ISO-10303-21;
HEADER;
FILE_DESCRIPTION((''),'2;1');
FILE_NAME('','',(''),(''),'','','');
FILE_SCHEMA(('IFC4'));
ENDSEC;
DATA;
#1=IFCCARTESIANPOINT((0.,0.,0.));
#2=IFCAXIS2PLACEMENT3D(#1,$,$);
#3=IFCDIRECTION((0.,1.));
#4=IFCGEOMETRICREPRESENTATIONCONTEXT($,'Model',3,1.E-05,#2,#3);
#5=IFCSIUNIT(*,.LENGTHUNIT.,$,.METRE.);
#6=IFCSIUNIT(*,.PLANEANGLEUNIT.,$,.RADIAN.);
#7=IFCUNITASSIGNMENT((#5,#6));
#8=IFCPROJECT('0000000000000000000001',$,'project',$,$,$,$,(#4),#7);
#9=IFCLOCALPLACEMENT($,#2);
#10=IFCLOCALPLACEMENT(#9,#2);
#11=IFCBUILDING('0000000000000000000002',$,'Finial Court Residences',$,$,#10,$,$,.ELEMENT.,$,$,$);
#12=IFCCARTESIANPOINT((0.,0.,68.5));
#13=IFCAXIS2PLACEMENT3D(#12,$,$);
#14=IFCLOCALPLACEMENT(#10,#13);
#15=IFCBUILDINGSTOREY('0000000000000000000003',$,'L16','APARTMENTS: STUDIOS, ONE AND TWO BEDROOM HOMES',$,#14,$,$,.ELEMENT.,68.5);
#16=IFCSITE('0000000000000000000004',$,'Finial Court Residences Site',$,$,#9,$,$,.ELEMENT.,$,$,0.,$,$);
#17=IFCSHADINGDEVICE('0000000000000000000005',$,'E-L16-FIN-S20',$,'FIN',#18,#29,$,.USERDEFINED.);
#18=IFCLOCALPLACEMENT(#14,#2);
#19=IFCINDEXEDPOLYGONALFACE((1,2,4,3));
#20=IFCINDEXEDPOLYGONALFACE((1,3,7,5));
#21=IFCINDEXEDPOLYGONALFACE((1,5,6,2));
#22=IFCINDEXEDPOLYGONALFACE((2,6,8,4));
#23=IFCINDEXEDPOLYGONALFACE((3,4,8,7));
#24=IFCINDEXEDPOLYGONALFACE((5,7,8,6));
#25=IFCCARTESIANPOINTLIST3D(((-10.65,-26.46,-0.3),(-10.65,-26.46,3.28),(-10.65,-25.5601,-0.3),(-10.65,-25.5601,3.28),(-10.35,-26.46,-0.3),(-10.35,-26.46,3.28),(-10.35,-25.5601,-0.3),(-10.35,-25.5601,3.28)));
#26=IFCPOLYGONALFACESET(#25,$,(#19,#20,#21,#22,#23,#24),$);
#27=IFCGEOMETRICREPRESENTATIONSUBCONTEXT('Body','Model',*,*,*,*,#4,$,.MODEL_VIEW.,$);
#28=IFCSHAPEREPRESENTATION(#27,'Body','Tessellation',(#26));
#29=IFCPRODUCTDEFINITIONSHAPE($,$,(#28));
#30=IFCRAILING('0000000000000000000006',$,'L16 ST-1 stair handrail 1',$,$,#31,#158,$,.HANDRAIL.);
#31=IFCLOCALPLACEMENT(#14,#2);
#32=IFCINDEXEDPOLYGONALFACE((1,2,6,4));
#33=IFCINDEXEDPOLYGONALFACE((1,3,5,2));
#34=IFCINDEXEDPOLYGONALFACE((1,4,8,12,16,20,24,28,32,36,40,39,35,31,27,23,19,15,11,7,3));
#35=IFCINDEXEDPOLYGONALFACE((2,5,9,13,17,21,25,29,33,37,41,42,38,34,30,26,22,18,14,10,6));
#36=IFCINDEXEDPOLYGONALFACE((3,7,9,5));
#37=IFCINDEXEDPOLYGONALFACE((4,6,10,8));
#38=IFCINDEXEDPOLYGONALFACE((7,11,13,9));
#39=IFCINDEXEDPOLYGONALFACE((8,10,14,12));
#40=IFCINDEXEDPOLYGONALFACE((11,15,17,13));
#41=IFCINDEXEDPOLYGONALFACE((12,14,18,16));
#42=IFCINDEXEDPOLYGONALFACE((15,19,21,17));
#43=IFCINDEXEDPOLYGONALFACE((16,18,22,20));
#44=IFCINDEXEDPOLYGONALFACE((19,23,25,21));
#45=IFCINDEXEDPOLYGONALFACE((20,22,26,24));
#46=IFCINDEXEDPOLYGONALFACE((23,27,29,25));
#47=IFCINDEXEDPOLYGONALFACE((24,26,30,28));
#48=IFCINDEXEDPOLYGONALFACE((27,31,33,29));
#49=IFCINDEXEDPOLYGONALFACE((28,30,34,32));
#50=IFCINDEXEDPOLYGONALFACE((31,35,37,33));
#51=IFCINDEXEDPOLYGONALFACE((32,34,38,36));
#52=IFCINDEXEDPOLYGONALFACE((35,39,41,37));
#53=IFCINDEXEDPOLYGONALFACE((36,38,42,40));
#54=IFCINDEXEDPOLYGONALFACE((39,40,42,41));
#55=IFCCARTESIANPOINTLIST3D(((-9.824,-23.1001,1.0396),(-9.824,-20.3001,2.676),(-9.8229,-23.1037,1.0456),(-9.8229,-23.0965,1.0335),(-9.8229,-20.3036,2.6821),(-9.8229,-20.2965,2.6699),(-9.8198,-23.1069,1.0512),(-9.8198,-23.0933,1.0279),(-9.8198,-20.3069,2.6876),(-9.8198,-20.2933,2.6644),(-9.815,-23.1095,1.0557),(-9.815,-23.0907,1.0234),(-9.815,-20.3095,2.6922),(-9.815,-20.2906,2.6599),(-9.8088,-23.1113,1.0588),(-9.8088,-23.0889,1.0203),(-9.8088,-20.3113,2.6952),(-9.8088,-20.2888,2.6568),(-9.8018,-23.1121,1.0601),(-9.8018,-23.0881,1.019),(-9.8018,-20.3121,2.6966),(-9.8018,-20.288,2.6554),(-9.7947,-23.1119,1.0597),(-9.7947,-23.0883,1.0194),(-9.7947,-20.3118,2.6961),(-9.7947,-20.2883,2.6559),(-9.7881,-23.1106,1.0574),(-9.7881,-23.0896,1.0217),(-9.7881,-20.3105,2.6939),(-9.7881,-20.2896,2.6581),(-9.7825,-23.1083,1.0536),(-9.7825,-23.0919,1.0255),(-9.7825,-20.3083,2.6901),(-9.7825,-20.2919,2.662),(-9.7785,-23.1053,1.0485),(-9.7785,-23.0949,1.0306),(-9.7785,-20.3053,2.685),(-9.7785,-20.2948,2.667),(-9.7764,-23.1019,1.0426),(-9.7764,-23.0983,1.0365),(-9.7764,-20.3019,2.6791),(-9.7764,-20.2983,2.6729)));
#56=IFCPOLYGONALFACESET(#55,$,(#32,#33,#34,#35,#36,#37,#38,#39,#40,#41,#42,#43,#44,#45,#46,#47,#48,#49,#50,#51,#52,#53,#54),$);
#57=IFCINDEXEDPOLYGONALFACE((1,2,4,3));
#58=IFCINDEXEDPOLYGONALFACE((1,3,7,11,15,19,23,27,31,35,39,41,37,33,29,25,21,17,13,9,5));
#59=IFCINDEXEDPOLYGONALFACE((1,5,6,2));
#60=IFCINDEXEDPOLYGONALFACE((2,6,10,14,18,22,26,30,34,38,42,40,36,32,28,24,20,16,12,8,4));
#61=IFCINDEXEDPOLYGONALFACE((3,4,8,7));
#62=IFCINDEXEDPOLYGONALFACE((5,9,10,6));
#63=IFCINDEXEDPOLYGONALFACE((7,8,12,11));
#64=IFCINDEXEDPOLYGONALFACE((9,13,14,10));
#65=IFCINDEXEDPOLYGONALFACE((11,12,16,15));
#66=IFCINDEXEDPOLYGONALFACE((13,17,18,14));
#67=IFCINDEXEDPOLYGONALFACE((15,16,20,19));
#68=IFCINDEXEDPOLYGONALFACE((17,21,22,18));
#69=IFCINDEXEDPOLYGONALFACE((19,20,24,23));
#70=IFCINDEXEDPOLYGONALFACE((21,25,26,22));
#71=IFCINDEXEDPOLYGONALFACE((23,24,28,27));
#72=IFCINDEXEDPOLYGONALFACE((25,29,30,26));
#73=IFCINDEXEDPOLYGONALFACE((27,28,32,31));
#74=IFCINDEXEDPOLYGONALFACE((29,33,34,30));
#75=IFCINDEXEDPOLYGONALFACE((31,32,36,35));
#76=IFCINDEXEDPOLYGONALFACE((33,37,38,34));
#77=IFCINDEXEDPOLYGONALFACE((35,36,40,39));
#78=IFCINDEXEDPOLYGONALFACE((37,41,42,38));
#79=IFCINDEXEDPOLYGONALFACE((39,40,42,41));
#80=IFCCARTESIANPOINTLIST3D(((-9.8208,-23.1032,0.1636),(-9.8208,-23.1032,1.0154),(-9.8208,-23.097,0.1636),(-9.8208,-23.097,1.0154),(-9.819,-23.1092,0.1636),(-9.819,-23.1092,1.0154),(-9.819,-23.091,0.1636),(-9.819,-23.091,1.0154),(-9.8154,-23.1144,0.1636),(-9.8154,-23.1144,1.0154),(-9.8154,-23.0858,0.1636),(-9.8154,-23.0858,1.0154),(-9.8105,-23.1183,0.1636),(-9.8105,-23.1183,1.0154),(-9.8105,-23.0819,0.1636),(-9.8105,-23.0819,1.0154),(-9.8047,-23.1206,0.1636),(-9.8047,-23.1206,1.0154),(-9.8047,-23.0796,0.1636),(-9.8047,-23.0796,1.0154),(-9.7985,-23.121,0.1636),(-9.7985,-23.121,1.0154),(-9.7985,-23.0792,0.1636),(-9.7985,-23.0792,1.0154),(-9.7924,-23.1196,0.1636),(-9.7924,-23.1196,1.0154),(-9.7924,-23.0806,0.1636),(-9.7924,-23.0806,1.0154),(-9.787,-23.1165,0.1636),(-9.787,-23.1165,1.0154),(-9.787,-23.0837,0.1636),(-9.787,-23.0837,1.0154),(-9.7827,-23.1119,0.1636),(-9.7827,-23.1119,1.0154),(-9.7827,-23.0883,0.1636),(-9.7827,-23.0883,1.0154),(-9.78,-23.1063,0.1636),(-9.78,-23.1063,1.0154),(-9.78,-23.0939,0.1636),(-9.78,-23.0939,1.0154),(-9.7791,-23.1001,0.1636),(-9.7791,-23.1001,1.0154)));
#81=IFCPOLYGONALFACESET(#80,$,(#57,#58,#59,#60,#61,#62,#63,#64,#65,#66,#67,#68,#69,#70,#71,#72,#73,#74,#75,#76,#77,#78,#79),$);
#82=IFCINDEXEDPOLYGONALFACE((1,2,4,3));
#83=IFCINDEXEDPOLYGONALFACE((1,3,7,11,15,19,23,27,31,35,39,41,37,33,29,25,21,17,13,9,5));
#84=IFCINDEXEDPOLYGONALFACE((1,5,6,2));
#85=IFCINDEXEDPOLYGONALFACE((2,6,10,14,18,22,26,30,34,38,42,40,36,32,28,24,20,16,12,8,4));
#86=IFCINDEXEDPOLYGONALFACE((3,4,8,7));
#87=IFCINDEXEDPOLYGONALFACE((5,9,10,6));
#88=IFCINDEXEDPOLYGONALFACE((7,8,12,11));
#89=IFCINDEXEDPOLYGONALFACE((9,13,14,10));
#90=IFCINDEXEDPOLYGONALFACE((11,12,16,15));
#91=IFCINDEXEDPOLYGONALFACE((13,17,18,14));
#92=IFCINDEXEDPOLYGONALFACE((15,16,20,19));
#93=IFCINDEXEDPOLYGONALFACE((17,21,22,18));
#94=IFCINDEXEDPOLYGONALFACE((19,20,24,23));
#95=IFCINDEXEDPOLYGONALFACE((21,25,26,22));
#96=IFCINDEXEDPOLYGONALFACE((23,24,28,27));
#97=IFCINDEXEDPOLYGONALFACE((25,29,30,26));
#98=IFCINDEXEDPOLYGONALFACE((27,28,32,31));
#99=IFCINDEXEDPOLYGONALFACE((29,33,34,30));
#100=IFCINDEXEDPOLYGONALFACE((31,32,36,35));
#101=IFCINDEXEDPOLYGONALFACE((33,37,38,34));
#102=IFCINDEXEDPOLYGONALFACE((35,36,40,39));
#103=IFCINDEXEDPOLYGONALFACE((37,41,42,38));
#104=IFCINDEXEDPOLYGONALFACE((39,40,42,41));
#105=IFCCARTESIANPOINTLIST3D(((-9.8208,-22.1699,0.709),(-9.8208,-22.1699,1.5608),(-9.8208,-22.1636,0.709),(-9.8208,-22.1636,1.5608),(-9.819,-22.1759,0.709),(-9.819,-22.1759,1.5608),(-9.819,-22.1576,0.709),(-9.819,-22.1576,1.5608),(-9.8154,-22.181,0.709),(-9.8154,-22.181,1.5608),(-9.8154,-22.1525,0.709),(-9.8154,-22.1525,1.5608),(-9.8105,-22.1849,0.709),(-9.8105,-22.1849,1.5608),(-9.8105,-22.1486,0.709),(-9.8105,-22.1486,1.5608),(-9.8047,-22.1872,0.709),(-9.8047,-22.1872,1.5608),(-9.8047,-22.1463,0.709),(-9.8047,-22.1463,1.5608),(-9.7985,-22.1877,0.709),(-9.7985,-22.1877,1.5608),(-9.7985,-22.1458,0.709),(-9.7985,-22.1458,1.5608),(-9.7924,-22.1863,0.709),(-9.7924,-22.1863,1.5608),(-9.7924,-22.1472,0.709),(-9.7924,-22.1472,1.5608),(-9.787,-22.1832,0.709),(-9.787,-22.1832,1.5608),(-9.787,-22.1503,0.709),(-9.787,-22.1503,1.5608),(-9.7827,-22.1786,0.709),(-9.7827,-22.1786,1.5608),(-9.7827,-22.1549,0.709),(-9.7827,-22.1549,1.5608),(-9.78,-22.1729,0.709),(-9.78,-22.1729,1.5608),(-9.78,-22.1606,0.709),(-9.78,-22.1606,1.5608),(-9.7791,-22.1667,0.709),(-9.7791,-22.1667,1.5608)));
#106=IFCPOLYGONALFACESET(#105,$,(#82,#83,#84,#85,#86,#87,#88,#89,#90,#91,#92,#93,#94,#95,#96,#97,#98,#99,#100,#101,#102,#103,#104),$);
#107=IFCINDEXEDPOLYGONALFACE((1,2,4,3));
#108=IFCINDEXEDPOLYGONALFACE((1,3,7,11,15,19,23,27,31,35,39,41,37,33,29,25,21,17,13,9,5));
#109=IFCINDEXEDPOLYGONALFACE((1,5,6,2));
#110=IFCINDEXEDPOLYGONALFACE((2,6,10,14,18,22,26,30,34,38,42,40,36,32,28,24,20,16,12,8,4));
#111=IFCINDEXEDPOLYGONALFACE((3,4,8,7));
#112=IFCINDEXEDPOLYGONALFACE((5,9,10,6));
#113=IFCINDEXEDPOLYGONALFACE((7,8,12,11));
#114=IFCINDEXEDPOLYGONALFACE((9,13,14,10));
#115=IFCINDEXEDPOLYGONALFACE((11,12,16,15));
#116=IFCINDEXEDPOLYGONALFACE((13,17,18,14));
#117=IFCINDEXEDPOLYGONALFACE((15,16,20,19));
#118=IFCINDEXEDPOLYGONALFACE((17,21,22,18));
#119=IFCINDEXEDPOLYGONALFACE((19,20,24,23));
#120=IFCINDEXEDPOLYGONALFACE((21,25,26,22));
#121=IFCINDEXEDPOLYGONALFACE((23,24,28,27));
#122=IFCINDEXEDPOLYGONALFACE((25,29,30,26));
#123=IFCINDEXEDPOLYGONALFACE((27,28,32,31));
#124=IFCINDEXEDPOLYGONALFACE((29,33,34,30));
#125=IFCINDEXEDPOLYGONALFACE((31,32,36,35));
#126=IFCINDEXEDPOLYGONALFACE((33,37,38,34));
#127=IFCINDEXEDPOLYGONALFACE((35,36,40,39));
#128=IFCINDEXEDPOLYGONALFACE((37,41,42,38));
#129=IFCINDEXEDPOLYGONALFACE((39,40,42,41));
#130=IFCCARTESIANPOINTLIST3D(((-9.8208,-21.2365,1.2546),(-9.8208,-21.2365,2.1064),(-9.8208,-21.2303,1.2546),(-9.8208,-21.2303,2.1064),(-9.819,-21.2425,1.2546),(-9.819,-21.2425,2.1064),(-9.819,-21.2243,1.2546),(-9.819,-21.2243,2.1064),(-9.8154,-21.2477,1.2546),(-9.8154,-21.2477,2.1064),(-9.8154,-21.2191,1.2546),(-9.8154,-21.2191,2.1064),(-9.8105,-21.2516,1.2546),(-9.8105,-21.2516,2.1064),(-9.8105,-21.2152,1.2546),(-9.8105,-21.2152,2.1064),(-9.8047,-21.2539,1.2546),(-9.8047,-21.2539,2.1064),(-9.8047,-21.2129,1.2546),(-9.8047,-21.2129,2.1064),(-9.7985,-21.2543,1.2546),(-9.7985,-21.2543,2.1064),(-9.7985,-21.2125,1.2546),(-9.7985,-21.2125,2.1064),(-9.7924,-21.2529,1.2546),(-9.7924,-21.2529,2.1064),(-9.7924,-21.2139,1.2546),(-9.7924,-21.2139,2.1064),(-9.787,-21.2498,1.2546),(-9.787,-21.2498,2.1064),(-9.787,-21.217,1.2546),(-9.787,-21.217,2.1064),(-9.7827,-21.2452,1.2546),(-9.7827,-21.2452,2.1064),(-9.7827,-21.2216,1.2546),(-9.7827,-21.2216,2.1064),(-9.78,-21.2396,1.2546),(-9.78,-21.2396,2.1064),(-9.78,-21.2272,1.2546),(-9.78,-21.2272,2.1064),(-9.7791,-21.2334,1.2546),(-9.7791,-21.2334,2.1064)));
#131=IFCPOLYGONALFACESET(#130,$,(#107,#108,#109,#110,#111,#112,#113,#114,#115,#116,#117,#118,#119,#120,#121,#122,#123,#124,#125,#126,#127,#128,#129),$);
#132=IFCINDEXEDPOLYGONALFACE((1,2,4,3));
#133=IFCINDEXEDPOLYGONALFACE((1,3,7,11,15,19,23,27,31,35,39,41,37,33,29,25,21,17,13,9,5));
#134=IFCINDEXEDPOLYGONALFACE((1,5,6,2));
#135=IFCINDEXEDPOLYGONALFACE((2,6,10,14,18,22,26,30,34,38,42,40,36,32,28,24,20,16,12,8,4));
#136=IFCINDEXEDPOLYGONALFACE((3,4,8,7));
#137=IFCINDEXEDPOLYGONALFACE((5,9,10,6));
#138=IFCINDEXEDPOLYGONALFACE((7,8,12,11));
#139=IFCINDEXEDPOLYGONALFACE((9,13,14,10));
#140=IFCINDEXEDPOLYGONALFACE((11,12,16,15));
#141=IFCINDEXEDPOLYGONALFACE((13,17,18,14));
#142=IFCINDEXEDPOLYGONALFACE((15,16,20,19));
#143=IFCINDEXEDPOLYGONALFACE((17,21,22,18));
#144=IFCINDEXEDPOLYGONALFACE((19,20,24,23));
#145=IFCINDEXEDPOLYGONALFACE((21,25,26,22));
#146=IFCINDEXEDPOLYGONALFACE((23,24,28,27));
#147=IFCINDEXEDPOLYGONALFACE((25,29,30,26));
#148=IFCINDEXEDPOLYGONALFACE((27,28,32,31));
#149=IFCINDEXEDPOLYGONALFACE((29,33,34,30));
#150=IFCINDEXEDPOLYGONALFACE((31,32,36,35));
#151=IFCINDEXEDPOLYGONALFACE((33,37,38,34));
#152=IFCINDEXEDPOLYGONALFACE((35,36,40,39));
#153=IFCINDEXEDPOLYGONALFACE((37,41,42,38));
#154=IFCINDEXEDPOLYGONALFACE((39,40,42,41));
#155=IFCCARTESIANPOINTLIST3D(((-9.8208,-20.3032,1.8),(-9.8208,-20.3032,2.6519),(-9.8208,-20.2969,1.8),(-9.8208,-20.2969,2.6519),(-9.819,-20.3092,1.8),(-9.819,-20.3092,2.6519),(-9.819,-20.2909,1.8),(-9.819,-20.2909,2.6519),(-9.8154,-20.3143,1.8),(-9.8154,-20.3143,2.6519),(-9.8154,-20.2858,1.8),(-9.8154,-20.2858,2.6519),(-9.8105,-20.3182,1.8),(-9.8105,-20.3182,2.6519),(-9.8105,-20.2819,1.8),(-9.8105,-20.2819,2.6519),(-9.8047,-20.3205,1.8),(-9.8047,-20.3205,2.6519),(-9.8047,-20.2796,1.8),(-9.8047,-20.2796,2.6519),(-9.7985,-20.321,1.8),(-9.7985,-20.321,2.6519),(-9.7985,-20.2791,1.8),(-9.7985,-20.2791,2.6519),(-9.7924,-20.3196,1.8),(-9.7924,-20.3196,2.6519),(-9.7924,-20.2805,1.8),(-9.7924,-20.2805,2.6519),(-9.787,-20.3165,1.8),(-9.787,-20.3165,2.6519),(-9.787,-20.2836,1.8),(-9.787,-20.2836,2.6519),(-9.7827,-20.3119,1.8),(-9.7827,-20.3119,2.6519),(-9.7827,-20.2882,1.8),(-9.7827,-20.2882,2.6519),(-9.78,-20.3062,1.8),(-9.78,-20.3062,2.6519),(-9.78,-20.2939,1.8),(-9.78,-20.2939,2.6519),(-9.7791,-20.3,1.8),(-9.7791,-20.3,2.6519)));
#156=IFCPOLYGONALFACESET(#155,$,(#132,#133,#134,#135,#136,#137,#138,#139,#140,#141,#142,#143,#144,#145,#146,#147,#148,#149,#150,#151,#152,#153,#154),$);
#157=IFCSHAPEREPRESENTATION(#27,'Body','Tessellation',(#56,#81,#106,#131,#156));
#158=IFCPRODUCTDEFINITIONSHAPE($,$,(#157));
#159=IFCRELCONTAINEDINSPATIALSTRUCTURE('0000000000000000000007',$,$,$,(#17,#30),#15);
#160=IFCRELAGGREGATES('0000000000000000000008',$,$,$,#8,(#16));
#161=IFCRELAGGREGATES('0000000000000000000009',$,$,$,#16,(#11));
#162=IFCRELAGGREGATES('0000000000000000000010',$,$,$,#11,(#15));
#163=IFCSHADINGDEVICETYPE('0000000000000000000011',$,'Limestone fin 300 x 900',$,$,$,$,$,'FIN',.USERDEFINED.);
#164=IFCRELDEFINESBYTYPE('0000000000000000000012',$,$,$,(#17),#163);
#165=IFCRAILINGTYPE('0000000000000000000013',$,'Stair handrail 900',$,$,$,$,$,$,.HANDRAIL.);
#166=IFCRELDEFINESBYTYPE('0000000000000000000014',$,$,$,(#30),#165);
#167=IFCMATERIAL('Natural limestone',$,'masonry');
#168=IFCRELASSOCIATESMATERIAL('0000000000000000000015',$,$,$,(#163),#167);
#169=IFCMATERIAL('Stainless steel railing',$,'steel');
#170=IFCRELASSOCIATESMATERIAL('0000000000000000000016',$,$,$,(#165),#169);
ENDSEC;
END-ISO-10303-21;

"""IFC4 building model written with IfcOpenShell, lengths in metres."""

from ifc_helpers import new_model, si_unit, direction, frame, origin, origin_2d, place, context, subcontext, project, spatial, rectangle, circle, extrude, material, type_object, element, save


model = new_model("IFC4")

# Units and contexts
model_context = context("Model", 3, precision=1e-05, world=origin(), true_north=direction((0.0, 1.0)))
body_context = subcontext(model_context, "Body", "Model", "MODEL_VIEW")
ifc_project = project(units=[si_unit("LENGTHUNIT", "METRE"), si_unit("PLANEANGLEUNIT", "RADIAN")], contexts=[model_context])

# Site, building, storey
site_placement = place(None, origin())
site = spatial("IfcSite", under=ifc_project, at=site_placement, Name="Finial Court Residences Site", CompositionType="ELEMENT", RefElevation=0.0)
building_placement = place(site_placement, origin())
building = spatial("IfcBuilding", under=site, at=building_placement, Name="Finial Court Residences", CompositionType="ELEMENT")
storey_placement = place(building_placement, frame((0.0, 0.0, 68.5)))
storey = spatial("IfcBuildingStorey", under=building, at=storey_placement, Name="L16", Description="APARTMENTS: STUDIOS, ONE AND TWO BEDROOM HOMES", CompositionType="ELEMENT", Elevation=68.5)

# Shading device
ifc_material_1 = material(Name="Natural limestone", Category="masonry")
shading_device_type = type_object("IfcShadingDeviceType", Name="Limestone fin 300 x 900", ElementType="FIN", PredefinedType="USERDEFINED", material=ifc_material_1)
for number, where, z_axis, x_axis, name in (
    (1, (-10.5, -26.01, -0.3), (0.0, 0.0, 1.0), (1.0, 0.0, 0.0), "E-L16-FIN-S20"),
):
    element("IfcShadingDevice", number, at=place(storey_placement, frame(where, z_axis=z_axis, x_axis=x_axis)), inside=storey, type_object=shading_device_type, Name=name, ObjectType="FIN", PredefinedType="USERDEFINED", context=body_context, shape_type="SweptSolid", body=[
        extrude(rectangle(XDim=0.3, YDim=0.8999, at=origin_2d()), origin(), (0.0, 0.0, 1.0), 3.5801),
    ])

# Railing
ifc_material_2 = material(Name="Stainless steel railing", Category="steel")
railing_type_1 = type_object("IfcRailingType", Name="Stair handrail 900", PredefinedType="HANDRAIL", material=ifc_material_2)
railing_1_placement = place(storey_placement, frame((-9.8, -23.1001, 0.1636)))
element("IfcRailing", 2, at=railing_1_placement, inside=storey, type_object=railing_type_1, Name="L16 ST-1 stair handrail 1", PredefinedType="HANDRAIL", context=body_context, shape_type="SweptSolid", body=[
    extrude(circle(Radius=0.0239, at=origin_2d()), frame((0.0, 0.0, 0.876), z_axis=(0.0, 0.863361, 0.504587), x_axis=(-1.0, 0.0, 0.0)), (0.0, 0.0, 1.0), 3.2432),
    extrude(circle(Radius=0.021, at=origin_2d()), origin(), (0.0, 0.0, 1.0), 0.8518),
    extrude(circle(Radius=0.021, at=origin_2d()), frame((0.0, 0.9333, 0.5454)), (0.0, 0.0, 1.0), 0.8518),
    extrude(circle(Radius=0.021, at=origin_2d()), frame((0.0, 1.8667, 1.0911)), (0.0, 0.0, 1.0), 0.8518),
    extrude(circle(Radius=0.021, at=origin_2d()), frame((0.0, 2.8, 1.6365)), (0.0, 0.0, 1.0), 0.8518),
])

save(model, "model.ifc")
